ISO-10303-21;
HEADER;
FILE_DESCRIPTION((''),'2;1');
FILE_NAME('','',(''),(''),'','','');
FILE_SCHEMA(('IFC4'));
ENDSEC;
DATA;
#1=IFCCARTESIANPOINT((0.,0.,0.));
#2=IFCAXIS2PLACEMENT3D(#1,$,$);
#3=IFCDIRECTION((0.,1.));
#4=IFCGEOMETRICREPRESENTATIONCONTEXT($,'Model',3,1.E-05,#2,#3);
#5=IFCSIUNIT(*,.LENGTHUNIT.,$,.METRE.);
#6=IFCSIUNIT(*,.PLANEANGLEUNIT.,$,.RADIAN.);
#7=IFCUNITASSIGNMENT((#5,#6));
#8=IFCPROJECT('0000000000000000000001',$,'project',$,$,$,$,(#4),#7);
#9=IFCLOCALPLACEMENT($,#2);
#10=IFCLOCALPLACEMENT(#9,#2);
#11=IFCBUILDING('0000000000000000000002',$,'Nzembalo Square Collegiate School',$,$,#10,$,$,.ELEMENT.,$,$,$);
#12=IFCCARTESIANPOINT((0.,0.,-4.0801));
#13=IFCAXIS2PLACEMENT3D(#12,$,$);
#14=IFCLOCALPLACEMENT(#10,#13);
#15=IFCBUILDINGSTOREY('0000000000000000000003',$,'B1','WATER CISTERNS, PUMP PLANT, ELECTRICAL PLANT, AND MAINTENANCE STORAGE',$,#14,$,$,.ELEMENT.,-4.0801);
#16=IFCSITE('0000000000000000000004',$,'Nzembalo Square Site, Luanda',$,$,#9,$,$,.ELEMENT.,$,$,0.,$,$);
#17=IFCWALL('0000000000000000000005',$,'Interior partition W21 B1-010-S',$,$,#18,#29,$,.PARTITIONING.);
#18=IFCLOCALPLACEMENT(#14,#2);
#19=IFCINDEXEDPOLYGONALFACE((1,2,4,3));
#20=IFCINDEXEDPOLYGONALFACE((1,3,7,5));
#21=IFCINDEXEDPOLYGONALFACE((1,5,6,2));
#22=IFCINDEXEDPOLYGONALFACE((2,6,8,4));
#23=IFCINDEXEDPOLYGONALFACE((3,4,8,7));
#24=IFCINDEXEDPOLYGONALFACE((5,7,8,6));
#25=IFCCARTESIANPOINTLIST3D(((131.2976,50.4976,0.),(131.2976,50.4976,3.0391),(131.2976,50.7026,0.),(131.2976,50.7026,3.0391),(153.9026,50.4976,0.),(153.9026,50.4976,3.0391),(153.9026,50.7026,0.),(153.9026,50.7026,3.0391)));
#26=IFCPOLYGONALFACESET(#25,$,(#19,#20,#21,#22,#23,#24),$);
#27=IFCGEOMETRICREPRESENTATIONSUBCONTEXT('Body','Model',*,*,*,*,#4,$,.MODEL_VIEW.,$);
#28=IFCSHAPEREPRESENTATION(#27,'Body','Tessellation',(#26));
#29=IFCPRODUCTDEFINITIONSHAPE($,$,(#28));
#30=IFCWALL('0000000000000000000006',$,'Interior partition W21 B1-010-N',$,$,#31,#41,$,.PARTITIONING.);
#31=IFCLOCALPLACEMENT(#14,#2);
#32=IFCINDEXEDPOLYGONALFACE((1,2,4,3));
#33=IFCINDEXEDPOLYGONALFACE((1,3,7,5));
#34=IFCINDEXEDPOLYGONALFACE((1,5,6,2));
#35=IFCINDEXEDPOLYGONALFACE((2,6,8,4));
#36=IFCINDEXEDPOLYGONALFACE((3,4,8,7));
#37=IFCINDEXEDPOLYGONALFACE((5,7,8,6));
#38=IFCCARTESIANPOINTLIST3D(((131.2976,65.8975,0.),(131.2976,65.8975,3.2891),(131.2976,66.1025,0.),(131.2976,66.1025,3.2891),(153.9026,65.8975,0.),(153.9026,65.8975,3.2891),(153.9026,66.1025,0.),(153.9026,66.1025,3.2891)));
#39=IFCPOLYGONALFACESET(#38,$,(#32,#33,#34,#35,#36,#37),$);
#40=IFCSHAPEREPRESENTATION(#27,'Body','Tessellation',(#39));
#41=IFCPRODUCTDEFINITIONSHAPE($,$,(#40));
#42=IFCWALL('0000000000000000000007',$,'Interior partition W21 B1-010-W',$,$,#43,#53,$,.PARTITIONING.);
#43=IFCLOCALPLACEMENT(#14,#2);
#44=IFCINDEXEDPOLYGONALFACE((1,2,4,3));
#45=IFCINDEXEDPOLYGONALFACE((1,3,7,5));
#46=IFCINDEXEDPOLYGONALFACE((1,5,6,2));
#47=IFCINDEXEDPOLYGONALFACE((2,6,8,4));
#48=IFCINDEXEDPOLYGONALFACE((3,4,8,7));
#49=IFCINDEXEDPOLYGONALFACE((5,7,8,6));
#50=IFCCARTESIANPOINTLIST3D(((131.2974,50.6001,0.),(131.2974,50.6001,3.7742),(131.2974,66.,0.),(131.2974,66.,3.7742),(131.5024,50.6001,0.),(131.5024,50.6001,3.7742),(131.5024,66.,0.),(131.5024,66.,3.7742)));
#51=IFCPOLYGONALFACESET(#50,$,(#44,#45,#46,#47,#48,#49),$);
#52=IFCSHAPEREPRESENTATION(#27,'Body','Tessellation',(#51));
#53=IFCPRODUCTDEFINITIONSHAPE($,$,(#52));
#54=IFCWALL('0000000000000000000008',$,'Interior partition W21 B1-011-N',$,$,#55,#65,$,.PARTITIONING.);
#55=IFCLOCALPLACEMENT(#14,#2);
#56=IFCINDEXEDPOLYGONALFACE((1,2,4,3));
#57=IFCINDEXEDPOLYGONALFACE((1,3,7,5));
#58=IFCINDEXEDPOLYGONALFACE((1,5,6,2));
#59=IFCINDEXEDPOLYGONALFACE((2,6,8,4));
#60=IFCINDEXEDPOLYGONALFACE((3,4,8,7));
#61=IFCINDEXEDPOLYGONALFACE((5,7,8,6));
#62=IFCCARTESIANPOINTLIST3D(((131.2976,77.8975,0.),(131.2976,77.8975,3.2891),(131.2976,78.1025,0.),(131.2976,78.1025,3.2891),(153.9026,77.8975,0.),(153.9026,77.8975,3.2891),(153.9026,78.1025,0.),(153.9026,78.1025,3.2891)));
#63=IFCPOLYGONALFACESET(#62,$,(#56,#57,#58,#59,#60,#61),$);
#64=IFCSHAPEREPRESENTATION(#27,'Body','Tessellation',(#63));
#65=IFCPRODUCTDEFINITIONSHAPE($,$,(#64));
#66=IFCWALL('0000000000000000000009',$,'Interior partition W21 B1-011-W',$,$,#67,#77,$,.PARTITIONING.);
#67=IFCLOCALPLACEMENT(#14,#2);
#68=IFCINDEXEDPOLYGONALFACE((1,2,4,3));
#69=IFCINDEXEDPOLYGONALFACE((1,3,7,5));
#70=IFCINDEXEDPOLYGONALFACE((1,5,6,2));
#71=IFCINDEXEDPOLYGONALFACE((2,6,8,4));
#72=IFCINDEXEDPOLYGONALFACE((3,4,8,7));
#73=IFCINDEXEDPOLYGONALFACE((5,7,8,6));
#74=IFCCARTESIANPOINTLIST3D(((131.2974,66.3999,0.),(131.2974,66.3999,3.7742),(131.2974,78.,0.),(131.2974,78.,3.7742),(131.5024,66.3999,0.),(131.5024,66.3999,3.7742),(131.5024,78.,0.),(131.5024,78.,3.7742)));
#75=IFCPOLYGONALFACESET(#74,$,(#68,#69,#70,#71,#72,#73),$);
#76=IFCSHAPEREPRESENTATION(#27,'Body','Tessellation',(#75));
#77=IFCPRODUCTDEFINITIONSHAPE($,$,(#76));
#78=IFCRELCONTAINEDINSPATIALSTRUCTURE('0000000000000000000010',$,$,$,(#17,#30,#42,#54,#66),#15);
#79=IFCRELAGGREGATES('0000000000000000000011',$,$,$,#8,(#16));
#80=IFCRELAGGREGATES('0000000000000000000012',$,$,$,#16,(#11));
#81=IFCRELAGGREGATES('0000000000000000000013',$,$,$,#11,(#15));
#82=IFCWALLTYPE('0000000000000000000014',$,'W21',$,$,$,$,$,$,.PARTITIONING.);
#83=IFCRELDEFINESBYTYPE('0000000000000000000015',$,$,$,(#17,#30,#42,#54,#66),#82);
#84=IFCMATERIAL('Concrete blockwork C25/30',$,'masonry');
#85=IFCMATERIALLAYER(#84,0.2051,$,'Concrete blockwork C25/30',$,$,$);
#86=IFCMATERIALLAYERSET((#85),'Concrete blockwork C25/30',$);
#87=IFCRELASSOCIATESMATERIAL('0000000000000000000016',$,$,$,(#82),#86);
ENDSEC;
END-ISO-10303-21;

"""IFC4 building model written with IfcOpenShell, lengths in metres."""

from ifc_helpers import new_model, si_unit, direction, frame, frame_2d, origin, place, context, subcontext, project, spatial, rectangle, extrude, material, layer, layer_set, type_object, element, save


model = new_model("IFC4")

# Units and contexts
model_context = context("Model", 3, precision=1e-05, world=origin(), true_north=direction((0.0, 1.0)))
body_context = subcontext(model_context, "Body", "Model", "MODEL_VIEW")
ifc_project = project(units=[si_unit("LENGTHUNIT", "METRE"), si_unit("PLANEANGLEUNIT", "RADIAN")], contexts=[model_context])

# Site, building, storey
site_placement = place(None, origin())
site = spatial("IfcSite", under=ifc_project, at=site_placement, Name="Nzembalo Square Site, Luanda", CompositionType="ELEMENT", RefElevation=0.0)
building_placement = place(site_placement, origin())
building = spatial("IfcBuilding", under=site, at=building_placement, Name="Nzembalo Square Collegiate School", CompositionType="ELEMENT")
storey_placement = place(building_placement, frame((0.0, 0.0, -4.0801)))
storey = spatial("IfcBuildingStorey", under=building, at=storey_placement, Name="B1", Description="WATER CISTERNS, PUMP PLANT, ELECTRICAL PLANT, AND MAINTENANCE STORAGE", CompositionType="ELEMENT", Elevation=-4.0801)

# Walls
ifc_material_1 = material(Name="Concrete blockwork C25/30", Category="masonry")
ifc_layer_1 = layer(ifc_material_1, 0.2051, Name="Concrete blockwork C25/30")
ifc_layer_set_1 = layer_set([ifc_layer_1], Name="Concrete blockwork C25/30")
wall_type_1 = type_object("IfcWallType", Name="W21", PredefinedType="PARTITIONING", material=ifc_layer_set_1)
wall_1_placement = place(storey_placement, frame((131.2976, 50.6001, 0.0), z_axis=(0.0, 0.0, 1.0), x_axis=(1.0, 0.0, 0.0)))
element("IfcWall", 1, at=wall_1_placement, inside=storey, type_object=wall_type_1, Name="Interior partition W21 B1-010-S", PredefinedType="PARTITIONING", context=body_context, shape_type="SweptSolid", body=[
    extrude(rectangle(XDim=22.605, YDim=0.2051, at=frame_2d((11.3025, 0.0))), origin(), (0.0, 0.0, 1.0), 3.0391),
])
wall_2_placement = place(storey_placement, frame((131.2976, 66.0, 0.0), z_axis=(0.0, 0.0, 1.0), x_axis=(1.0, 0.0, 0.0)))
element("IfcWall", 2, at=wall_2_placement, inside=storey, type_object=wall_type_1, Name="Interior partition W21 B1-010-N", PredefinedType="PARTITIONING", context=body_context, shape_type="SweptSolid", body=[
    extrude(rectangle(XDim=22.605, YDim=0.2051, at=frame_2d((11.3025, 0.0))), origin(), (0.0, 0.0, 1.0), 3.2891),
])
wall_3_placement = place(storey_placement, frame((131.3999, 50.6001, 0.0), z_axis=(0.0, 0.0, 1.0), x_axis=(0.0, 1.0, 0.0)))
element("IfcWall", 3, at=wall_3_placement, inside=storey, type_object=wall_type_1, Name="Interior partition W21 B1-010-W", PredefinedType="PARTITIONING", context=body_context, shape_type="SweptSolid", body=[
    extrude(rectangle(XDim=15.3999, YDim=0.2051, at=frame_2d((7.7, 0.0))), origin(), (0.0, 0.0, 1.0), 3.7742),
])
wall_4_placement = place(storey_placement, frame((131.2976, 78.0, 0.0), z_axis=(0.0, 0.0, 1.0), x_axis=(1.0, 0.0, 0.0)))
element("IfcWall", 4, at=wall_4_placement, inside=storey, type_object=wall_type_1, Name="Interior partition W21 B1-011-N", PredefinedType="PARTITIONING", context=body_context, shape_type="SweptSolid", body=[
    extrude(rectangle(XDim=22.605, YDim=0.2051, at=frame_2d((11.3025, 0.0))), origin(), (0.0, 0.0, 1.0), 3.2891),
])
wall_5_placement = place(storey_placement, frame((131.3999, 66.3999, 0.0), z_axis=(0.0, 0.0, 1.0), x_axis=(0.0, 1.0, 0.0)))
element("IfcWall", 5, at=wall_5_placement, inside=storey, type_object=wall_type_1, Name="Interior partition W21 B1-011-W", PredefinedType="PARTITIONING", context=body_context, shape_type="SweptSolid", body=[
    extrude(rectangle(XDim=11.6001, YDim=0.2051, at=frame_2d((5.8, 0.0))), origin(), (0.0, 0.0, 1.0), 3.7742),
])

save(model, "model.ifc")
